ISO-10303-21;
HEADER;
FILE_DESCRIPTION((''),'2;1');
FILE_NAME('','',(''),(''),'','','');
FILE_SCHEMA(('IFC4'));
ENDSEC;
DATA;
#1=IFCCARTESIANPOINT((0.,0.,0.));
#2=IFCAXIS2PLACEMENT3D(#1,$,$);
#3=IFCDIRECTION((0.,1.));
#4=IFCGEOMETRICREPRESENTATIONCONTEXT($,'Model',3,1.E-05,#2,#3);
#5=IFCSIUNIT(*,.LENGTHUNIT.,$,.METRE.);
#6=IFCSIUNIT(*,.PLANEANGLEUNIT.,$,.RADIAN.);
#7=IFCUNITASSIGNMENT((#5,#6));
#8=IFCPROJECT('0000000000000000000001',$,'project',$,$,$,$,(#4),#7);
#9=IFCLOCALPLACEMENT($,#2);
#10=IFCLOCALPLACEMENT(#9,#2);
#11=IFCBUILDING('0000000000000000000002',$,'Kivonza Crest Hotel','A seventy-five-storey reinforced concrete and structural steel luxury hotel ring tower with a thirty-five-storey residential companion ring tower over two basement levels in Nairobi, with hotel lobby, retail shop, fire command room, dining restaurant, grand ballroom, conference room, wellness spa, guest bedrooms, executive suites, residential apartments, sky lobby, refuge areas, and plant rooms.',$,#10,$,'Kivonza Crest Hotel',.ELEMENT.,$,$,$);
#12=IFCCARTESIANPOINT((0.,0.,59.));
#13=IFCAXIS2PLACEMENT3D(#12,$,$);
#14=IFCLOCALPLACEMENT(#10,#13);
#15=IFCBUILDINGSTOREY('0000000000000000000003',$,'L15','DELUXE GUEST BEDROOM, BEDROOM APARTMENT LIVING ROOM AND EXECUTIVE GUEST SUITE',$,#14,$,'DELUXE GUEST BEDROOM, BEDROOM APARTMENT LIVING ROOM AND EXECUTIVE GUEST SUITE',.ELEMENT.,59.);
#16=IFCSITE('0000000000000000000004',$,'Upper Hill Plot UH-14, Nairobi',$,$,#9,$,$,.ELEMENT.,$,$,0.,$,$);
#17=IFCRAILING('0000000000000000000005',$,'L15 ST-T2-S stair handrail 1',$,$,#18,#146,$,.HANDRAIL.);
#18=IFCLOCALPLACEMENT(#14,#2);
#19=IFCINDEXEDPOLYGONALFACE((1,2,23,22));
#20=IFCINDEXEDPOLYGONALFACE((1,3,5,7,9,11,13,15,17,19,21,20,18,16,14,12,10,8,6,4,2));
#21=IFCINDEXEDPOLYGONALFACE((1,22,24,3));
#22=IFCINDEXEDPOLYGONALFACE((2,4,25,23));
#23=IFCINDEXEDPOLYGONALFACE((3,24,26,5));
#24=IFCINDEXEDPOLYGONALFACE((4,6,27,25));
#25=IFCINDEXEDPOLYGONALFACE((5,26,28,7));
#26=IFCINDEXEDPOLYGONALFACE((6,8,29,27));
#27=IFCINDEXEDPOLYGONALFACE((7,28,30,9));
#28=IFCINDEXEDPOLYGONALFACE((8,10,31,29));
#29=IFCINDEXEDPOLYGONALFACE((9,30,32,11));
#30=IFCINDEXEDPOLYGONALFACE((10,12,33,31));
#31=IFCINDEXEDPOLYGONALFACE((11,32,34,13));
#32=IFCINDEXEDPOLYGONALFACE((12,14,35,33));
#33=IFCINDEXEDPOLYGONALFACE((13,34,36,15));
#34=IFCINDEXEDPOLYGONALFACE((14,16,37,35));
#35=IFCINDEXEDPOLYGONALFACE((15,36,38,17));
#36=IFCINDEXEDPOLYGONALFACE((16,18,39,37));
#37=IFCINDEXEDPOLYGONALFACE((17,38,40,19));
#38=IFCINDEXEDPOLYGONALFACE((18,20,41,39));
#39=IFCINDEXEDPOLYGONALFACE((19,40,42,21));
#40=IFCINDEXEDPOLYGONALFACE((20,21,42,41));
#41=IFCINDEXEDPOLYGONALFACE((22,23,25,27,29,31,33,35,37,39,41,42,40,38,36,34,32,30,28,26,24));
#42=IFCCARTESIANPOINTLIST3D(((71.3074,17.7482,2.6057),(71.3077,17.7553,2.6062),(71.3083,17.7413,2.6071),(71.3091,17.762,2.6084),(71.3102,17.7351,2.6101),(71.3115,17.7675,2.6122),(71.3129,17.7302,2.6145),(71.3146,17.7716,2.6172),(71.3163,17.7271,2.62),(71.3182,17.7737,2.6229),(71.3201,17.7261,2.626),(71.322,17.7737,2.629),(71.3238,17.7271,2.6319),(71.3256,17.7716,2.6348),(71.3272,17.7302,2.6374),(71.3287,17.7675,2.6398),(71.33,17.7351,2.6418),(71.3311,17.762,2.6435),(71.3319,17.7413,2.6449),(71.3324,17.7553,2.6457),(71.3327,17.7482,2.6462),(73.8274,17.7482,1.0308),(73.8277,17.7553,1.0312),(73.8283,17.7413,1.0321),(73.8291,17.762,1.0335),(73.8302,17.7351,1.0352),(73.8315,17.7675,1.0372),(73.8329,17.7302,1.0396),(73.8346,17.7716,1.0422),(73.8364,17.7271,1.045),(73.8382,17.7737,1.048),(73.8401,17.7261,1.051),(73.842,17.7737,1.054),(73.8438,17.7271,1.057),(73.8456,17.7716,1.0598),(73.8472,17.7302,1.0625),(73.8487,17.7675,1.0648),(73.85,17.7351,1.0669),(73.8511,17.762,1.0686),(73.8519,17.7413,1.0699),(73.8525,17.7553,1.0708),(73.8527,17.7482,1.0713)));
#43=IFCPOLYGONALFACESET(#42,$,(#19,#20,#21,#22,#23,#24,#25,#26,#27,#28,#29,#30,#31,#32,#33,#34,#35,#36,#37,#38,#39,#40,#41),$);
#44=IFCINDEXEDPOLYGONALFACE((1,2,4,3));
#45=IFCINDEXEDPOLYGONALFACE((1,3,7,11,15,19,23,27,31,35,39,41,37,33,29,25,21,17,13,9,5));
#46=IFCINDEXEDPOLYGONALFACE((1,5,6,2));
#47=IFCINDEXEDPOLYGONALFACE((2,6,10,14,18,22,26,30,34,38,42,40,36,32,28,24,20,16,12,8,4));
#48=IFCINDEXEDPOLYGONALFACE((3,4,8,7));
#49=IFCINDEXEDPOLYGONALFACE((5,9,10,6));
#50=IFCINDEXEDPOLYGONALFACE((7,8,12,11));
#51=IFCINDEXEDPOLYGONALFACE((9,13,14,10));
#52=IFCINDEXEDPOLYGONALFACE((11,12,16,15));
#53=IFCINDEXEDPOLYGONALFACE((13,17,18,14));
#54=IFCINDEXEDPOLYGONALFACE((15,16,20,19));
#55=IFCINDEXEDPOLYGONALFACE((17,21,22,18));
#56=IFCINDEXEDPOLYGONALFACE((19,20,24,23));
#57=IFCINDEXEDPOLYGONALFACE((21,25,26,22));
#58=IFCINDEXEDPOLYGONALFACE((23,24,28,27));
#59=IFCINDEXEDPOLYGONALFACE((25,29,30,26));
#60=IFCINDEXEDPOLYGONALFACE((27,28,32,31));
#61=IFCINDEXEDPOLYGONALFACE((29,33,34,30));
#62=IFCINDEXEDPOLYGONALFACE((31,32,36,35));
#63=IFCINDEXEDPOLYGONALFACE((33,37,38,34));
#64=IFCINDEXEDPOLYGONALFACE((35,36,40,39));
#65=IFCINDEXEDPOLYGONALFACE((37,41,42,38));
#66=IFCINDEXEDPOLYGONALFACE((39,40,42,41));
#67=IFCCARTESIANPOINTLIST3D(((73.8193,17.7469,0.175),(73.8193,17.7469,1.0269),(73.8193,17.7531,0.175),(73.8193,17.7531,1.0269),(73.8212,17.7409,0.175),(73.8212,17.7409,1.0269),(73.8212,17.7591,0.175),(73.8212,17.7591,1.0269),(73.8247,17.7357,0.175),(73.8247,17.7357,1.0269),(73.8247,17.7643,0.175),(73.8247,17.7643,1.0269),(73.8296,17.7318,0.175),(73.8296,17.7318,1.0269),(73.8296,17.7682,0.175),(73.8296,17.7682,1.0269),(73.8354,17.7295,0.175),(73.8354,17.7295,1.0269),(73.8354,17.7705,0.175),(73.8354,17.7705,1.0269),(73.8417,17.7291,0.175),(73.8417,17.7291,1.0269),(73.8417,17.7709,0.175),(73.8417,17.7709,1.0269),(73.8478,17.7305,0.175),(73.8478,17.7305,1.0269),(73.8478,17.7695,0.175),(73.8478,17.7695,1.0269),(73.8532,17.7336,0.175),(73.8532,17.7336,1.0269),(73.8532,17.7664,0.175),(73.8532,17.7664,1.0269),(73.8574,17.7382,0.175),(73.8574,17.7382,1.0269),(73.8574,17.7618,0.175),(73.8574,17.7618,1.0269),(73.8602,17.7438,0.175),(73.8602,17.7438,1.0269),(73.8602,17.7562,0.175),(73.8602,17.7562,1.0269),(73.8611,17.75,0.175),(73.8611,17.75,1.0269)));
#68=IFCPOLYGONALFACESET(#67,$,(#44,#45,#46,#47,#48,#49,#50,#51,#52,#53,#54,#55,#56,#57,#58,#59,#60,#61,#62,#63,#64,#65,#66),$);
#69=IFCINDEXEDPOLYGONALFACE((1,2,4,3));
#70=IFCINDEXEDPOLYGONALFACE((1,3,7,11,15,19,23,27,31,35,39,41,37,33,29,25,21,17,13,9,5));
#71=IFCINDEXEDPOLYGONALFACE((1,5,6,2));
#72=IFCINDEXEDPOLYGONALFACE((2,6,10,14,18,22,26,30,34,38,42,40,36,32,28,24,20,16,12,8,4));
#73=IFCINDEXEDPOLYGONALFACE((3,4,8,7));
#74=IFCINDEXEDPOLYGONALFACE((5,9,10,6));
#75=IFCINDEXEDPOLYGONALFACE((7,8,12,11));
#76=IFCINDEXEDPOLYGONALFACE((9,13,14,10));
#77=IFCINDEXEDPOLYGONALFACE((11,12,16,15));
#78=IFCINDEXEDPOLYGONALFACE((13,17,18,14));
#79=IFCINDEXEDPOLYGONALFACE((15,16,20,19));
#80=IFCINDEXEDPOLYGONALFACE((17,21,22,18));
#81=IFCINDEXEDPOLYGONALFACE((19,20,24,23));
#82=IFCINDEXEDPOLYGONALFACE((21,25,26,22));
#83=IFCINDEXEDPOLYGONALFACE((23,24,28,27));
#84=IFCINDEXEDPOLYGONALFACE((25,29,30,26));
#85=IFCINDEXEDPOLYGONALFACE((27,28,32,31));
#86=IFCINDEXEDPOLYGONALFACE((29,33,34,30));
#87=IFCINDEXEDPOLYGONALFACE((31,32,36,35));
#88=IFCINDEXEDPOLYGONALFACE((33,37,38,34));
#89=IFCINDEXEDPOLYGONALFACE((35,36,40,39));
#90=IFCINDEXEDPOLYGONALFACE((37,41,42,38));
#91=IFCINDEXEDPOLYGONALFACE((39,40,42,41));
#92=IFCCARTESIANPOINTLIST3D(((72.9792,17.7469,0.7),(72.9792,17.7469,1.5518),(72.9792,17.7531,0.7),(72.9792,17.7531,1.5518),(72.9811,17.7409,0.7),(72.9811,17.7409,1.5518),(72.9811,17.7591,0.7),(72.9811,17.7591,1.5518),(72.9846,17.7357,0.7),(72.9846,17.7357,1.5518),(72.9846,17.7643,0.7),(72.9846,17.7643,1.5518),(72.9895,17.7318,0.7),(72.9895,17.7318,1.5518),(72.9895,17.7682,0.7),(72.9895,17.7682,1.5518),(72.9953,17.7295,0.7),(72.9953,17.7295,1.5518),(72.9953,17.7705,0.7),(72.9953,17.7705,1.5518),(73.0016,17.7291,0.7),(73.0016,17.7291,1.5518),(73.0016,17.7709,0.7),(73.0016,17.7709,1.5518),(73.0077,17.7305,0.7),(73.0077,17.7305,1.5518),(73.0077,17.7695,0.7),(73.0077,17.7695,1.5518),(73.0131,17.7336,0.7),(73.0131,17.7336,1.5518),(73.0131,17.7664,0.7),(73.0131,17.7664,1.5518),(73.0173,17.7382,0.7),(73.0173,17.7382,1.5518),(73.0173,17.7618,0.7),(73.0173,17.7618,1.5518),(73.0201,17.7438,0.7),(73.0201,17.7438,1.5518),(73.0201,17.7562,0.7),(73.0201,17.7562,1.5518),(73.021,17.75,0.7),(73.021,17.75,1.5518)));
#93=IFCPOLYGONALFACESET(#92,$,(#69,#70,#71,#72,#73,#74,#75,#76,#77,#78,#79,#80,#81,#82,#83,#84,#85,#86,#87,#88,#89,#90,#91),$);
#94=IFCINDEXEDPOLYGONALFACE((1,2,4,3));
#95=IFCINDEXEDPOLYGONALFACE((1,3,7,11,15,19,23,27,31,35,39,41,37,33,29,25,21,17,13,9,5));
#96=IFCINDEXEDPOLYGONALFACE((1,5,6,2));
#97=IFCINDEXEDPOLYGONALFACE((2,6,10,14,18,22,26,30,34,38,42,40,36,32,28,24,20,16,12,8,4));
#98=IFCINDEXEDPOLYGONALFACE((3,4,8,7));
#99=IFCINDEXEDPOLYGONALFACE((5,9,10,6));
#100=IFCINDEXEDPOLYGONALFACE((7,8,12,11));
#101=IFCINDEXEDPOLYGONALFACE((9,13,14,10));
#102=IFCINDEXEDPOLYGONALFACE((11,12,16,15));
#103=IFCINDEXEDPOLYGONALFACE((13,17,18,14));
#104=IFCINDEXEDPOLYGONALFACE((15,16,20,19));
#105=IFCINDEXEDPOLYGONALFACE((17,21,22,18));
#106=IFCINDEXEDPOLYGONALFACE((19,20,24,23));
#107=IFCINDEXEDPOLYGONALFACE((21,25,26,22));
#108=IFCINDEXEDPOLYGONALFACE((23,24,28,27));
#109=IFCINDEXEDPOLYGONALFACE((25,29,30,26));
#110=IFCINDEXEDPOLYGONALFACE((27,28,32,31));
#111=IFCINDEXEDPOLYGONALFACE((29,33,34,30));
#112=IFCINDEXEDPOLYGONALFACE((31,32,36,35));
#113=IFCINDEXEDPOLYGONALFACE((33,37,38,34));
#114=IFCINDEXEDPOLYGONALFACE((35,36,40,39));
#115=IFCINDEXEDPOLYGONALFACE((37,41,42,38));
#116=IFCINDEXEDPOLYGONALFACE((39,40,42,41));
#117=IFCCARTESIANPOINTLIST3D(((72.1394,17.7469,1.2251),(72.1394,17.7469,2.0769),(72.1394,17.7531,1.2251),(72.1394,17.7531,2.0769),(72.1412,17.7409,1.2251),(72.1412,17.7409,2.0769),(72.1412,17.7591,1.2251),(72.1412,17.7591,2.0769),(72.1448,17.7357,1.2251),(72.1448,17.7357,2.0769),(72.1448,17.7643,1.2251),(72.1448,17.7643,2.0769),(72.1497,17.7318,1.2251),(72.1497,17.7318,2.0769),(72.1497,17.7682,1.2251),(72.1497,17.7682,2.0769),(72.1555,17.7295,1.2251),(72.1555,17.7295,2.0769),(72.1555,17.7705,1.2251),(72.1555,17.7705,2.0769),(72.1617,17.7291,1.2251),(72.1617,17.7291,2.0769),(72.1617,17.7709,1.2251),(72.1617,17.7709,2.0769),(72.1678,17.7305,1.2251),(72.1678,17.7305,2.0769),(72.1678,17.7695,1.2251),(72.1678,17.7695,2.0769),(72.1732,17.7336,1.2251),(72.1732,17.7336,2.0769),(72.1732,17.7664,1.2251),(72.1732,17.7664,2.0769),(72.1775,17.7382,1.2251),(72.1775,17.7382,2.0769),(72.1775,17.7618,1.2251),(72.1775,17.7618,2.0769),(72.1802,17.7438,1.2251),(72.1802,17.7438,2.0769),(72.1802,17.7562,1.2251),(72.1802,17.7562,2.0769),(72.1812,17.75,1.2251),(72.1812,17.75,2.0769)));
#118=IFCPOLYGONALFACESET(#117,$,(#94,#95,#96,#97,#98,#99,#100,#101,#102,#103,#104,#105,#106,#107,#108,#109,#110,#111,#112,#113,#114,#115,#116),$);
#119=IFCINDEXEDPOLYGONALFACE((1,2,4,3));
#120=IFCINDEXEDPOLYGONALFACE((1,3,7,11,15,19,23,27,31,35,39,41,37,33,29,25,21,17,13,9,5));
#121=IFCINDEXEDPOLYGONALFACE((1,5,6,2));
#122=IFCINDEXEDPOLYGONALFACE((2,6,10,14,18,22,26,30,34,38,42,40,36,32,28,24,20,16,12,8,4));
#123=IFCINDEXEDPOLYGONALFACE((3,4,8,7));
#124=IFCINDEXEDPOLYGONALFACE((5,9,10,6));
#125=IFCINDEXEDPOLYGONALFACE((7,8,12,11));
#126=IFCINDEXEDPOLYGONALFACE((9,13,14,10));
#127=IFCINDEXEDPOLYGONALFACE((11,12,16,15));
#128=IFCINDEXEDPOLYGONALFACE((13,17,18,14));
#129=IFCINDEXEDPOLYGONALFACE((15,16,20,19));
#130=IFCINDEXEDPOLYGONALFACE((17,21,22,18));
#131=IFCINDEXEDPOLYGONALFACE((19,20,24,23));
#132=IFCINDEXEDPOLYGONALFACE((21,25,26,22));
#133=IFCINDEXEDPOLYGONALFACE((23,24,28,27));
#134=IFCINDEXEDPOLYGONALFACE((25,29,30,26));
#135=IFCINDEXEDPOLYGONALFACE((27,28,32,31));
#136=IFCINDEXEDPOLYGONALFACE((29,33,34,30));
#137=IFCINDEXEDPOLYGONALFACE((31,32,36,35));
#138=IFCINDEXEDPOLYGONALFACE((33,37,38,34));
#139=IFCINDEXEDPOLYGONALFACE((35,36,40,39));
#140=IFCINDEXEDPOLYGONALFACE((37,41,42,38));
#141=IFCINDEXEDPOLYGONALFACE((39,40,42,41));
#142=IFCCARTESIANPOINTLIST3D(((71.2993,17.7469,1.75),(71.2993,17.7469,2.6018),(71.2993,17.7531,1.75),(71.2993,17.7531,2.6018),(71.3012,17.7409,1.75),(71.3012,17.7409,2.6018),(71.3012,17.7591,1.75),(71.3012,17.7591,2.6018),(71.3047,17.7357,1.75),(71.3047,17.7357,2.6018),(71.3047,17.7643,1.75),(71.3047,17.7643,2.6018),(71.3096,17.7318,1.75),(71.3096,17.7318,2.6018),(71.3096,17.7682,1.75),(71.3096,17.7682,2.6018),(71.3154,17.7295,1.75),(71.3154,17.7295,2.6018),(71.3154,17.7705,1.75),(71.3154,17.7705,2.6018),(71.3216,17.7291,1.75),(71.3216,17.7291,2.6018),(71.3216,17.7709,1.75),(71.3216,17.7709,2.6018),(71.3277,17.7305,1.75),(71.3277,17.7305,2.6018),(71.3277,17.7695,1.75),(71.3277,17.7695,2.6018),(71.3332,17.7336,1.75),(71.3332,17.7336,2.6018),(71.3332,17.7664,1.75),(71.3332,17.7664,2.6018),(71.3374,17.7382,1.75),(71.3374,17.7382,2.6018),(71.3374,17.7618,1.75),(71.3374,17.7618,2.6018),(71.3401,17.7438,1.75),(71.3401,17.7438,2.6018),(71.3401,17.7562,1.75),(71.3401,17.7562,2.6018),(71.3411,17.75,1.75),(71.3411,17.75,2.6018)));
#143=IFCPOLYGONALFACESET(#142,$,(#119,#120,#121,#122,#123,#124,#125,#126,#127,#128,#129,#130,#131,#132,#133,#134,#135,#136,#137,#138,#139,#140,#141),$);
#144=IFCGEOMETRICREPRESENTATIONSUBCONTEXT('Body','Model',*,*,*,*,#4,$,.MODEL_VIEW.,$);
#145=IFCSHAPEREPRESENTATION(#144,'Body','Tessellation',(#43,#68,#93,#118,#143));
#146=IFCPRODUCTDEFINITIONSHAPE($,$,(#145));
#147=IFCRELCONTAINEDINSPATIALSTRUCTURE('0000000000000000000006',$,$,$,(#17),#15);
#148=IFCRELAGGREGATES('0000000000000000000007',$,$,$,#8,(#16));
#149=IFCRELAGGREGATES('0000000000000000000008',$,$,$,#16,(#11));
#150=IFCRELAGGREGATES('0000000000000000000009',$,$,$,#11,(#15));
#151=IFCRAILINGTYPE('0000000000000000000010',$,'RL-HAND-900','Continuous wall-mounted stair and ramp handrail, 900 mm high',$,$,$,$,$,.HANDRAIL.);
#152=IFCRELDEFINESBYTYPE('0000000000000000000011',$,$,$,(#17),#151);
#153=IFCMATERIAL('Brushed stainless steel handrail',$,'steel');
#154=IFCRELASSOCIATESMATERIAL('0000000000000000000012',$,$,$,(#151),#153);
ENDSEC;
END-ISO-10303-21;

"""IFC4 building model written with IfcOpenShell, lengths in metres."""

from ifc_helpers import new_model, si_unit, direction, frame, origin, origin_2d, place, context, subcontext, project, spatial, circle, extrude, material, type_object, element, save


model = new_model("IFC4")

# Units and contexts
model_context = context("Model", 3, precision=1e-05, world=origin(), true_north=direction((0.0, 1.0)))
body_context = subcontext(model_context, "Body", "Model", "MODEL_VIEW")
ifc_project = project(units=[si_unit("LENGTHUNIT", "METRE"), si_unit("PLANEANGLEUNIT", "RADIAN")], contexts=[model_context])

# Site, building, storey
site_placement = place(None, origin())
site = spatial("IfcSite", under=ifc_project, at=site_placement, Name="Upper Hill Plot UH-14, Nairobi", CompositionType="ELEMENT", RefElevation=0.0)
building_placement = place(site_placement, origin())
building = spatial("IfcBuilding", under=site, at=building_placement, Name="Kivonza Crest Hotel", Description="A seventy-five-storey reinforced concrete and structural steel luxury hotel ring tower with a thirty-five-storey residential companion ring tower over two basement levels in Nairobi, with hotel lobby, retail shop, fire command room, dining restaurant, grand ballroom, conference room, wellness spa, guest bedrooms, executive suites, residential apartments, sky lobby, refuge areas, and plant rooms.", LongName="Kivonza Crest Hotel", CompositionType="ELEMENT")
storey_placement = place(building_placement, frame((0.0, 0.0, 59.0)))
storey = spatial("IfcBuildingStorey", under=building, at=storey_placement, Name="L15", Description="DELUXE GUEST BEDROOM, BEDROOM APARTMENT LIVING ROOM AND EXECUTIVE GUEST SUITE", LongName="DELUXE GUEST BEDROOM, BEDROOM APARTMENT LIVING ROOM AND EXECUTIVE GUEST SUITE", CompositionType="ELEMENT", Elevation=59.0)

# Railing
ifc_material_1 = material(Name="Brushed stainless steel handrail", Category="steel")
railing_type_1 = type_object("IfcRailingType", Name="RL-HAND-900", Description="Continuous wall-mounted stair and ramp handrail, 900 mm high", PredefinedType="HANDRAIL", material=ifc_material_1)
railing_1_placement = place(storey_placement, frame((73.8401, 17.75, 0.175)))
element("IfcRailing", 1, at=railing_1_placement, inside=storey, type_object=railing_type_1, Name="L15 ST-T2-S stair handrail 1", PredefinedType="HANDRAIL", context=body_context, shape_type="SweptSolid", body=[
    extrude(circle(Radius=0.0239, at=origin_2d()), frame((0.0, 0.0, 0.876), z_axis=(-0.848008, 0.0, 0.529984), x_axis=(0.0, -1.0, 0.0)), (0.0, 0.0, 1.0), 2.9717),
    extrude(circle(Radius=0.021, at=origin_2d()), origin(), (0.0, 0.0, 1.0), 0.8518),
    extrude(circle(Radius=0.021, at=origin_2d()), frame((-0.8401, 0.0, 0.5249)), (0.0, 0.0, 1.0), 0.8518),
    extrude(circle(Radius=0.021, at=origin_2d()), frame((-1.6799, 0.0, 1.05)), (0.0, 0.0, 1.0), 0.8518),
    extrude(circle(Radius=0.021, at=origin_2d()), frame((-2.52, 0.0, 1.575)), (0.0, 0.0, 1.0), 0.8518),
])

save(model, "model.ifc")
